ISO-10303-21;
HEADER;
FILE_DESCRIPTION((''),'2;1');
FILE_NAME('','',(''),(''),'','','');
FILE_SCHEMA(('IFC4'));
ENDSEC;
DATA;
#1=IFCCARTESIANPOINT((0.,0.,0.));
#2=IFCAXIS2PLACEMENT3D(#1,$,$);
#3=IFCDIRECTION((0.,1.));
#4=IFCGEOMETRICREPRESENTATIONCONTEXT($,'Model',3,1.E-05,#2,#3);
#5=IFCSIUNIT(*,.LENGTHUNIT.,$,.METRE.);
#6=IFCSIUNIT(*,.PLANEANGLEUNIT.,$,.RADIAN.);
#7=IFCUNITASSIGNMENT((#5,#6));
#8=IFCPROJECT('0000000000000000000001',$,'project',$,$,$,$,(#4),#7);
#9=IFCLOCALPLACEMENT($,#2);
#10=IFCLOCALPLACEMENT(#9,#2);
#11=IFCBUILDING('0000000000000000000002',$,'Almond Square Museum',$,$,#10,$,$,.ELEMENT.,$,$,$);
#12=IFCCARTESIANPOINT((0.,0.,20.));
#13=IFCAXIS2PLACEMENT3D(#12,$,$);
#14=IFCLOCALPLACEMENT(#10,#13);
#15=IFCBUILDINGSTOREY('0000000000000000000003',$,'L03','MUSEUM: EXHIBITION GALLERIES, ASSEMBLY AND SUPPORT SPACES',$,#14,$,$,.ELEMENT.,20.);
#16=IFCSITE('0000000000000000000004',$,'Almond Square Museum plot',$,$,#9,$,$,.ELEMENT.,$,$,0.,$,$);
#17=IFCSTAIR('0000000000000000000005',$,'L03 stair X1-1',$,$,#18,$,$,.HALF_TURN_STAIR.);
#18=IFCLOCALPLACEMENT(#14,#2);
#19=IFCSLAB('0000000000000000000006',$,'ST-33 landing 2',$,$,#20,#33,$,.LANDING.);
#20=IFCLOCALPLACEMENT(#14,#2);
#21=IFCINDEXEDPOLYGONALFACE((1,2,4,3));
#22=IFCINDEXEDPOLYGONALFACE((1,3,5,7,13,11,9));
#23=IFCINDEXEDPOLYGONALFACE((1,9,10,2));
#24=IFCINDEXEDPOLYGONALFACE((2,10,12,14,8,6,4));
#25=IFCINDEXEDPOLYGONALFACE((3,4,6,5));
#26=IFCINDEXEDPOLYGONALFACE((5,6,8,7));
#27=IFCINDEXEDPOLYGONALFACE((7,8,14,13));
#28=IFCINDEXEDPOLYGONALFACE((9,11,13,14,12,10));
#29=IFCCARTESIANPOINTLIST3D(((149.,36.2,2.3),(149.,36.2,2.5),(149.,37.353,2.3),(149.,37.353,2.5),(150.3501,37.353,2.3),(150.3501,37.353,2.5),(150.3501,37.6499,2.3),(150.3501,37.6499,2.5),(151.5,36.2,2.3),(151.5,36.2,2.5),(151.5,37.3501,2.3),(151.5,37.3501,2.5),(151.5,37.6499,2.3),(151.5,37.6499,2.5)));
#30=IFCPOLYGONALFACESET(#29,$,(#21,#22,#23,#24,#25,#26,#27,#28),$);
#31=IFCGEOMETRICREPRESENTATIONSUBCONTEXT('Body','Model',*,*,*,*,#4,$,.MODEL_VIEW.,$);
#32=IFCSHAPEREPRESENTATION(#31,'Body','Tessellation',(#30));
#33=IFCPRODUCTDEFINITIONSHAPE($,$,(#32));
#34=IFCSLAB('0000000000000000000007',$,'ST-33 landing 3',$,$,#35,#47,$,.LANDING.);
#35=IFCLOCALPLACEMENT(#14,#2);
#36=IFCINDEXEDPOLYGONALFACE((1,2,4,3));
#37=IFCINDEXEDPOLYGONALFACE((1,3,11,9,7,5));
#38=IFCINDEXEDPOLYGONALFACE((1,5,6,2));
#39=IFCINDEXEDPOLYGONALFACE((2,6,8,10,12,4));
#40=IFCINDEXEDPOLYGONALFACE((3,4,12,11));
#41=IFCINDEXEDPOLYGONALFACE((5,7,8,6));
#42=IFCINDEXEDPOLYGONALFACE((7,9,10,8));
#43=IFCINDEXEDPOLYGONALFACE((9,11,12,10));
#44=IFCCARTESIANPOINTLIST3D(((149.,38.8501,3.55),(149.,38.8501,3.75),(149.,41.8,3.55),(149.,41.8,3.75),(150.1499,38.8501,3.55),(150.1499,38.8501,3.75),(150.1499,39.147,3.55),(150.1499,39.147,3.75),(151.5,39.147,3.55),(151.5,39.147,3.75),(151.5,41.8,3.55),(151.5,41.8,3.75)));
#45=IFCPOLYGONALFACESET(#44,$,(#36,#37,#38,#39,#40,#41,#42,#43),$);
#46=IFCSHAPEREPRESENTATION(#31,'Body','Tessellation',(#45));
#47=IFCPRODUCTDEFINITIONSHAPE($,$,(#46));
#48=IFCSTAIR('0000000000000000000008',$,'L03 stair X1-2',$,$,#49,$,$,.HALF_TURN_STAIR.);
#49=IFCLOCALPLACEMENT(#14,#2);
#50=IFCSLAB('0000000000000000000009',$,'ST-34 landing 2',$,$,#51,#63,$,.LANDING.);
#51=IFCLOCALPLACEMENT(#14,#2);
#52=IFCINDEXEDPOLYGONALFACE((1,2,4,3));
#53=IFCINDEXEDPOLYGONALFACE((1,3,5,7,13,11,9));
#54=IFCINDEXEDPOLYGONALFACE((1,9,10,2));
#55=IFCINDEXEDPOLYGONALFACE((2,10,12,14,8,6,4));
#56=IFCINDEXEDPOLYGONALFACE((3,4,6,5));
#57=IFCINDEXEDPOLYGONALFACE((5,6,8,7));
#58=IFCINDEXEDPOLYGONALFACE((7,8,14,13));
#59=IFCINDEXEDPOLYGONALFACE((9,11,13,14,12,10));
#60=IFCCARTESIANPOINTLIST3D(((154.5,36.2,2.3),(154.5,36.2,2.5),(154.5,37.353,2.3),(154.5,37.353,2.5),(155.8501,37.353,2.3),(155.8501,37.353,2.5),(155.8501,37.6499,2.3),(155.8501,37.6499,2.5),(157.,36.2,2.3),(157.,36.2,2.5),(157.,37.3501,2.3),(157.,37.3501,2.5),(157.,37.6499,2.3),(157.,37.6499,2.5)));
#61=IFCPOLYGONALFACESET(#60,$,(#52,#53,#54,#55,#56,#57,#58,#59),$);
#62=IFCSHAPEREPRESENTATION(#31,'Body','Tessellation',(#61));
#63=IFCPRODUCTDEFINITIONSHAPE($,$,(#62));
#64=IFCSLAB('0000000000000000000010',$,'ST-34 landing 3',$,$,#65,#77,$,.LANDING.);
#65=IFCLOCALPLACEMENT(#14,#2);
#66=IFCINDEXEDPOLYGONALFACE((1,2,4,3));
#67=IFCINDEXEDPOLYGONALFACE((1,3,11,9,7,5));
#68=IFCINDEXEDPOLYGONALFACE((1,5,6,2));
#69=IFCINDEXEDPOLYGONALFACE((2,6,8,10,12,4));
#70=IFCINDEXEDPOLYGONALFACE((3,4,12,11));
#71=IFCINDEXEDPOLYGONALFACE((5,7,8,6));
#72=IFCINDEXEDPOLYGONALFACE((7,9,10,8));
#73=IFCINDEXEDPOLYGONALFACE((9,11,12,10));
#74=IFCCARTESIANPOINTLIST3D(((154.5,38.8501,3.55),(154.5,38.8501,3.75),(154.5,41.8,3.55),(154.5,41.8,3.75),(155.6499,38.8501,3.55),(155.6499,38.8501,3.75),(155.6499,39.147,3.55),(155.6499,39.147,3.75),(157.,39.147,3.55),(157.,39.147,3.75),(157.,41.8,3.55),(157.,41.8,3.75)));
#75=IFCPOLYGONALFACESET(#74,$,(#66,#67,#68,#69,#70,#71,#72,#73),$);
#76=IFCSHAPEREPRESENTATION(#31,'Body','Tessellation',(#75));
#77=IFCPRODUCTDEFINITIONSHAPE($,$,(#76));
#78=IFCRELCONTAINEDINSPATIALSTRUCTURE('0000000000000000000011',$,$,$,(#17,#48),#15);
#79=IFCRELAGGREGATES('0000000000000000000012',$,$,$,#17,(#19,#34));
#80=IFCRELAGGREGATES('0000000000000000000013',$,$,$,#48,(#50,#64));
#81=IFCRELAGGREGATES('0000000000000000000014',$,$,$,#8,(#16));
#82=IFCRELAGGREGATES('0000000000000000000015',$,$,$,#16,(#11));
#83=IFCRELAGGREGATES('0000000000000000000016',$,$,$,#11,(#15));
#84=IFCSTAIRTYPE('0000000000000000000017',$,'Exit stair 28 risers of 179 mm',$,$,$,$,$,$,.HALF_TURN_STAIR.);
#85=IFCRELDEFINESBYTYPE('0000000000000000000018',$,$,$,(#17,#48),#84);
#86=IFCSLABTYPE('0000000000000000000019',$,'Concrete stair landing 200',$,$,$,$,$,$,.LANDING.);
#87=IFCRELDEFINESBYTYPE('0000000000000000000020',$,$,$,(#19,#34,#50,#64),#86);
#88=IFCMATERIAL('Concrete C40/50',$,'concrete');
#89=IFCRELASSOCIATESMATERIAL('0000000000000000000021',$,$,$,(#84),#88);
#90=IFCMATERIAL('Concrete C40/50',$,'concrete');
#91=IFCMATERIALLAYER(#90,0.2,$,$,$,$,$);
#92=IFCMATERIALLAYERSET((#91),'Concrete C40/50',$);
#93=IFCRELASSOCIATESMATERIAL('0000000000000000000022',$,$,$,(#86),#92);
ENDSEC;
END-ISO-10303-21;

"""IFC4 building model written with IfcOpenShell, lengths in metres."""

from ifc_helpers import new_model, si_unit, direction, frame, origin, place, context, subcontext, project, spatial, polyline, outline, extrude, material, layer, layer_set, type_object, element, aggregate, save


model = new_model("IFC4")

# Units and contexts
model_context = context("Model", 3, precision=1e-05, world=origin(), true_north=direction((0.0, 1.0)))
body_context = subcontext(model_context, "Body", "Model", "MODEL_VIEW")
ifc_project = project(units=[si_unit("LENGTHUNIT", "METRE"), si_unit("PLANEANGLEUNIT", "RADIAN")], contexts=[model_context])

# Site, building, storey
site_placement = place(None, origin())
site = spatial("IfcSite", under=ifc_project, at=site_placement, Name="Almond Square Museum plot", CompositionType="ELEMENT", RefElevation=0.0)
building_placement = place(site_placement, origin())
building = spatial("IfcBuilding", under=site, at=building_placement, Name="Almond Square Museum", CompositionType="ELEMENT")
storey_placement = place(building_placement, frame((0.0, 0.0, 20.0)))
storey = spatial("IfcBuildingStorey", under=building, at=storey_placement, Name="L03", Description="MUSEUM: EXHIBITION GALLERIES, ASSEMBLY AND SUPPORT SPACES", CompositionType="ELEMENT", Elevation=20.0)

# Stairs, slabs
ifc_material_1 = material(Name="Concrete C40/50", Category="concrete")
stair_type = type_object("IfcStairType", Name="Exit stair 28 risers of 179 mm", PredefinedType="HALF_TURN_STAIR", material=ifc_material_1)
ifc_material_2 = material(Name="Concrete C40/50", Category="concrete")
ifc_layer = layer(ifc_material_2, 0.2)
ifc_layer_set = layer_set([ifc_layer], Name="Concrete C40/50")
slab_type = type_object("IfcSlabType", Name="Concrete stair landing 200", PredefinedType="LANDING", material=ifc_layer_set)
stair_1_placement = place(storey_placement, origin())
stair_1 = element("IfcStair", 1, at=stair_1_placement, inside=storey, type_object=stair_type, Name="L03 stair X1-1", PredefinedType="HALF_TURN_STAIR")
slab_1_placement = place(storey_placement, frame((0.0, 0.0, 2.3)))
slab_1 = element("IfcSlab", 2, at=slab_1_placement, type_object=slab_type, Name="ST-33 landing 2", PredefinedType="LANDING", context=body_context, shape_type="SweptSolid", body=[
    extrude(outline(polyline([(151.5, 36.2), (151.5, 37.3501), (151.5, 37.6499), (150.3501, 37.6499), (150.3501, 37.353), (149.0, 37.353), (149.0, 36.2), (151.5, 36.2)])), origin(), (0.0, 0.0, 1.0), 0.2),
])
slab_2_placement = place(storey_placement, frame((0.0, 0.0, 3.55)))
slab_2 = element("IfcSlab", 3, at=slab_2_placement, type_object=slab_type, Name="ST-33 landing 3", PredefinedType="LANDING", context=body_context, shape_type="SweptSolid", body=[
    extrude(outline(polyline([(151.5, 39.147), (151.5, 41.8), (149.0, 41.8), (149.0, 38.8501), (150.1499, 38.8501), (150.1499, 39.147), (151.5, 39.147)])), origin(), (0.0, 0.0, 1.0), 0.2),
])
aggregate(stair_1, [slab_1, slab_2])
stair_2_placement = place(storey_placement, origin())
stair_2 = element("IfcStair", 4, at=stair_2_placement, inside=storey, type_object=stair_type, Name="L03 stair X1-2", PredefinedType="HALF_TURN_STAIR")
slab_3_placement = place(storey_placement, frame((0.0, 0.0, 2.3)))
slab_3 = element("IfcSlab", 5, at=slab_3_placement, type_object=slab_type, Name="ST-34 landing 2", PredefinedType="LANDING", context=body_context, shape_type="SweptSolid", body=[
    extrude(outline(polyline([(157.0, 36.2), (157.0, 37.3501), (157.0, 37.6499), (155.8501, 37.6499), (155.8501, 37.353), (154.5, 37.353), (154.5, 36.2), (157.0, 36.2)])), origin(), (0.0, 0.0, 1.0), 0.2),
])
slab_4_placement = place(storey_placement, frame((0.0, 0.0, 3.55)))
slab_4 = element("IfcSlab", 6, at=slab_4_placement, type_object=slab_type, Name="ST-34 landing 3", PredefinedType="LANDING", context=body_context, shape_type="SweptSolid", body=[
    extrude(outline(polyline([(157.0, 39.147), (157.0, 41.8), (154.5, 41.8), (154.5, 38.8501), (155.6499, 38.8501), (155.6499, 39.147), (157.0, 39.147)])), origin(), (0.0, 0.0, 1.0), 0.2),
])
aggregate(stair_2, [slab_3, slab_4])

save(model, "model.ifc")
